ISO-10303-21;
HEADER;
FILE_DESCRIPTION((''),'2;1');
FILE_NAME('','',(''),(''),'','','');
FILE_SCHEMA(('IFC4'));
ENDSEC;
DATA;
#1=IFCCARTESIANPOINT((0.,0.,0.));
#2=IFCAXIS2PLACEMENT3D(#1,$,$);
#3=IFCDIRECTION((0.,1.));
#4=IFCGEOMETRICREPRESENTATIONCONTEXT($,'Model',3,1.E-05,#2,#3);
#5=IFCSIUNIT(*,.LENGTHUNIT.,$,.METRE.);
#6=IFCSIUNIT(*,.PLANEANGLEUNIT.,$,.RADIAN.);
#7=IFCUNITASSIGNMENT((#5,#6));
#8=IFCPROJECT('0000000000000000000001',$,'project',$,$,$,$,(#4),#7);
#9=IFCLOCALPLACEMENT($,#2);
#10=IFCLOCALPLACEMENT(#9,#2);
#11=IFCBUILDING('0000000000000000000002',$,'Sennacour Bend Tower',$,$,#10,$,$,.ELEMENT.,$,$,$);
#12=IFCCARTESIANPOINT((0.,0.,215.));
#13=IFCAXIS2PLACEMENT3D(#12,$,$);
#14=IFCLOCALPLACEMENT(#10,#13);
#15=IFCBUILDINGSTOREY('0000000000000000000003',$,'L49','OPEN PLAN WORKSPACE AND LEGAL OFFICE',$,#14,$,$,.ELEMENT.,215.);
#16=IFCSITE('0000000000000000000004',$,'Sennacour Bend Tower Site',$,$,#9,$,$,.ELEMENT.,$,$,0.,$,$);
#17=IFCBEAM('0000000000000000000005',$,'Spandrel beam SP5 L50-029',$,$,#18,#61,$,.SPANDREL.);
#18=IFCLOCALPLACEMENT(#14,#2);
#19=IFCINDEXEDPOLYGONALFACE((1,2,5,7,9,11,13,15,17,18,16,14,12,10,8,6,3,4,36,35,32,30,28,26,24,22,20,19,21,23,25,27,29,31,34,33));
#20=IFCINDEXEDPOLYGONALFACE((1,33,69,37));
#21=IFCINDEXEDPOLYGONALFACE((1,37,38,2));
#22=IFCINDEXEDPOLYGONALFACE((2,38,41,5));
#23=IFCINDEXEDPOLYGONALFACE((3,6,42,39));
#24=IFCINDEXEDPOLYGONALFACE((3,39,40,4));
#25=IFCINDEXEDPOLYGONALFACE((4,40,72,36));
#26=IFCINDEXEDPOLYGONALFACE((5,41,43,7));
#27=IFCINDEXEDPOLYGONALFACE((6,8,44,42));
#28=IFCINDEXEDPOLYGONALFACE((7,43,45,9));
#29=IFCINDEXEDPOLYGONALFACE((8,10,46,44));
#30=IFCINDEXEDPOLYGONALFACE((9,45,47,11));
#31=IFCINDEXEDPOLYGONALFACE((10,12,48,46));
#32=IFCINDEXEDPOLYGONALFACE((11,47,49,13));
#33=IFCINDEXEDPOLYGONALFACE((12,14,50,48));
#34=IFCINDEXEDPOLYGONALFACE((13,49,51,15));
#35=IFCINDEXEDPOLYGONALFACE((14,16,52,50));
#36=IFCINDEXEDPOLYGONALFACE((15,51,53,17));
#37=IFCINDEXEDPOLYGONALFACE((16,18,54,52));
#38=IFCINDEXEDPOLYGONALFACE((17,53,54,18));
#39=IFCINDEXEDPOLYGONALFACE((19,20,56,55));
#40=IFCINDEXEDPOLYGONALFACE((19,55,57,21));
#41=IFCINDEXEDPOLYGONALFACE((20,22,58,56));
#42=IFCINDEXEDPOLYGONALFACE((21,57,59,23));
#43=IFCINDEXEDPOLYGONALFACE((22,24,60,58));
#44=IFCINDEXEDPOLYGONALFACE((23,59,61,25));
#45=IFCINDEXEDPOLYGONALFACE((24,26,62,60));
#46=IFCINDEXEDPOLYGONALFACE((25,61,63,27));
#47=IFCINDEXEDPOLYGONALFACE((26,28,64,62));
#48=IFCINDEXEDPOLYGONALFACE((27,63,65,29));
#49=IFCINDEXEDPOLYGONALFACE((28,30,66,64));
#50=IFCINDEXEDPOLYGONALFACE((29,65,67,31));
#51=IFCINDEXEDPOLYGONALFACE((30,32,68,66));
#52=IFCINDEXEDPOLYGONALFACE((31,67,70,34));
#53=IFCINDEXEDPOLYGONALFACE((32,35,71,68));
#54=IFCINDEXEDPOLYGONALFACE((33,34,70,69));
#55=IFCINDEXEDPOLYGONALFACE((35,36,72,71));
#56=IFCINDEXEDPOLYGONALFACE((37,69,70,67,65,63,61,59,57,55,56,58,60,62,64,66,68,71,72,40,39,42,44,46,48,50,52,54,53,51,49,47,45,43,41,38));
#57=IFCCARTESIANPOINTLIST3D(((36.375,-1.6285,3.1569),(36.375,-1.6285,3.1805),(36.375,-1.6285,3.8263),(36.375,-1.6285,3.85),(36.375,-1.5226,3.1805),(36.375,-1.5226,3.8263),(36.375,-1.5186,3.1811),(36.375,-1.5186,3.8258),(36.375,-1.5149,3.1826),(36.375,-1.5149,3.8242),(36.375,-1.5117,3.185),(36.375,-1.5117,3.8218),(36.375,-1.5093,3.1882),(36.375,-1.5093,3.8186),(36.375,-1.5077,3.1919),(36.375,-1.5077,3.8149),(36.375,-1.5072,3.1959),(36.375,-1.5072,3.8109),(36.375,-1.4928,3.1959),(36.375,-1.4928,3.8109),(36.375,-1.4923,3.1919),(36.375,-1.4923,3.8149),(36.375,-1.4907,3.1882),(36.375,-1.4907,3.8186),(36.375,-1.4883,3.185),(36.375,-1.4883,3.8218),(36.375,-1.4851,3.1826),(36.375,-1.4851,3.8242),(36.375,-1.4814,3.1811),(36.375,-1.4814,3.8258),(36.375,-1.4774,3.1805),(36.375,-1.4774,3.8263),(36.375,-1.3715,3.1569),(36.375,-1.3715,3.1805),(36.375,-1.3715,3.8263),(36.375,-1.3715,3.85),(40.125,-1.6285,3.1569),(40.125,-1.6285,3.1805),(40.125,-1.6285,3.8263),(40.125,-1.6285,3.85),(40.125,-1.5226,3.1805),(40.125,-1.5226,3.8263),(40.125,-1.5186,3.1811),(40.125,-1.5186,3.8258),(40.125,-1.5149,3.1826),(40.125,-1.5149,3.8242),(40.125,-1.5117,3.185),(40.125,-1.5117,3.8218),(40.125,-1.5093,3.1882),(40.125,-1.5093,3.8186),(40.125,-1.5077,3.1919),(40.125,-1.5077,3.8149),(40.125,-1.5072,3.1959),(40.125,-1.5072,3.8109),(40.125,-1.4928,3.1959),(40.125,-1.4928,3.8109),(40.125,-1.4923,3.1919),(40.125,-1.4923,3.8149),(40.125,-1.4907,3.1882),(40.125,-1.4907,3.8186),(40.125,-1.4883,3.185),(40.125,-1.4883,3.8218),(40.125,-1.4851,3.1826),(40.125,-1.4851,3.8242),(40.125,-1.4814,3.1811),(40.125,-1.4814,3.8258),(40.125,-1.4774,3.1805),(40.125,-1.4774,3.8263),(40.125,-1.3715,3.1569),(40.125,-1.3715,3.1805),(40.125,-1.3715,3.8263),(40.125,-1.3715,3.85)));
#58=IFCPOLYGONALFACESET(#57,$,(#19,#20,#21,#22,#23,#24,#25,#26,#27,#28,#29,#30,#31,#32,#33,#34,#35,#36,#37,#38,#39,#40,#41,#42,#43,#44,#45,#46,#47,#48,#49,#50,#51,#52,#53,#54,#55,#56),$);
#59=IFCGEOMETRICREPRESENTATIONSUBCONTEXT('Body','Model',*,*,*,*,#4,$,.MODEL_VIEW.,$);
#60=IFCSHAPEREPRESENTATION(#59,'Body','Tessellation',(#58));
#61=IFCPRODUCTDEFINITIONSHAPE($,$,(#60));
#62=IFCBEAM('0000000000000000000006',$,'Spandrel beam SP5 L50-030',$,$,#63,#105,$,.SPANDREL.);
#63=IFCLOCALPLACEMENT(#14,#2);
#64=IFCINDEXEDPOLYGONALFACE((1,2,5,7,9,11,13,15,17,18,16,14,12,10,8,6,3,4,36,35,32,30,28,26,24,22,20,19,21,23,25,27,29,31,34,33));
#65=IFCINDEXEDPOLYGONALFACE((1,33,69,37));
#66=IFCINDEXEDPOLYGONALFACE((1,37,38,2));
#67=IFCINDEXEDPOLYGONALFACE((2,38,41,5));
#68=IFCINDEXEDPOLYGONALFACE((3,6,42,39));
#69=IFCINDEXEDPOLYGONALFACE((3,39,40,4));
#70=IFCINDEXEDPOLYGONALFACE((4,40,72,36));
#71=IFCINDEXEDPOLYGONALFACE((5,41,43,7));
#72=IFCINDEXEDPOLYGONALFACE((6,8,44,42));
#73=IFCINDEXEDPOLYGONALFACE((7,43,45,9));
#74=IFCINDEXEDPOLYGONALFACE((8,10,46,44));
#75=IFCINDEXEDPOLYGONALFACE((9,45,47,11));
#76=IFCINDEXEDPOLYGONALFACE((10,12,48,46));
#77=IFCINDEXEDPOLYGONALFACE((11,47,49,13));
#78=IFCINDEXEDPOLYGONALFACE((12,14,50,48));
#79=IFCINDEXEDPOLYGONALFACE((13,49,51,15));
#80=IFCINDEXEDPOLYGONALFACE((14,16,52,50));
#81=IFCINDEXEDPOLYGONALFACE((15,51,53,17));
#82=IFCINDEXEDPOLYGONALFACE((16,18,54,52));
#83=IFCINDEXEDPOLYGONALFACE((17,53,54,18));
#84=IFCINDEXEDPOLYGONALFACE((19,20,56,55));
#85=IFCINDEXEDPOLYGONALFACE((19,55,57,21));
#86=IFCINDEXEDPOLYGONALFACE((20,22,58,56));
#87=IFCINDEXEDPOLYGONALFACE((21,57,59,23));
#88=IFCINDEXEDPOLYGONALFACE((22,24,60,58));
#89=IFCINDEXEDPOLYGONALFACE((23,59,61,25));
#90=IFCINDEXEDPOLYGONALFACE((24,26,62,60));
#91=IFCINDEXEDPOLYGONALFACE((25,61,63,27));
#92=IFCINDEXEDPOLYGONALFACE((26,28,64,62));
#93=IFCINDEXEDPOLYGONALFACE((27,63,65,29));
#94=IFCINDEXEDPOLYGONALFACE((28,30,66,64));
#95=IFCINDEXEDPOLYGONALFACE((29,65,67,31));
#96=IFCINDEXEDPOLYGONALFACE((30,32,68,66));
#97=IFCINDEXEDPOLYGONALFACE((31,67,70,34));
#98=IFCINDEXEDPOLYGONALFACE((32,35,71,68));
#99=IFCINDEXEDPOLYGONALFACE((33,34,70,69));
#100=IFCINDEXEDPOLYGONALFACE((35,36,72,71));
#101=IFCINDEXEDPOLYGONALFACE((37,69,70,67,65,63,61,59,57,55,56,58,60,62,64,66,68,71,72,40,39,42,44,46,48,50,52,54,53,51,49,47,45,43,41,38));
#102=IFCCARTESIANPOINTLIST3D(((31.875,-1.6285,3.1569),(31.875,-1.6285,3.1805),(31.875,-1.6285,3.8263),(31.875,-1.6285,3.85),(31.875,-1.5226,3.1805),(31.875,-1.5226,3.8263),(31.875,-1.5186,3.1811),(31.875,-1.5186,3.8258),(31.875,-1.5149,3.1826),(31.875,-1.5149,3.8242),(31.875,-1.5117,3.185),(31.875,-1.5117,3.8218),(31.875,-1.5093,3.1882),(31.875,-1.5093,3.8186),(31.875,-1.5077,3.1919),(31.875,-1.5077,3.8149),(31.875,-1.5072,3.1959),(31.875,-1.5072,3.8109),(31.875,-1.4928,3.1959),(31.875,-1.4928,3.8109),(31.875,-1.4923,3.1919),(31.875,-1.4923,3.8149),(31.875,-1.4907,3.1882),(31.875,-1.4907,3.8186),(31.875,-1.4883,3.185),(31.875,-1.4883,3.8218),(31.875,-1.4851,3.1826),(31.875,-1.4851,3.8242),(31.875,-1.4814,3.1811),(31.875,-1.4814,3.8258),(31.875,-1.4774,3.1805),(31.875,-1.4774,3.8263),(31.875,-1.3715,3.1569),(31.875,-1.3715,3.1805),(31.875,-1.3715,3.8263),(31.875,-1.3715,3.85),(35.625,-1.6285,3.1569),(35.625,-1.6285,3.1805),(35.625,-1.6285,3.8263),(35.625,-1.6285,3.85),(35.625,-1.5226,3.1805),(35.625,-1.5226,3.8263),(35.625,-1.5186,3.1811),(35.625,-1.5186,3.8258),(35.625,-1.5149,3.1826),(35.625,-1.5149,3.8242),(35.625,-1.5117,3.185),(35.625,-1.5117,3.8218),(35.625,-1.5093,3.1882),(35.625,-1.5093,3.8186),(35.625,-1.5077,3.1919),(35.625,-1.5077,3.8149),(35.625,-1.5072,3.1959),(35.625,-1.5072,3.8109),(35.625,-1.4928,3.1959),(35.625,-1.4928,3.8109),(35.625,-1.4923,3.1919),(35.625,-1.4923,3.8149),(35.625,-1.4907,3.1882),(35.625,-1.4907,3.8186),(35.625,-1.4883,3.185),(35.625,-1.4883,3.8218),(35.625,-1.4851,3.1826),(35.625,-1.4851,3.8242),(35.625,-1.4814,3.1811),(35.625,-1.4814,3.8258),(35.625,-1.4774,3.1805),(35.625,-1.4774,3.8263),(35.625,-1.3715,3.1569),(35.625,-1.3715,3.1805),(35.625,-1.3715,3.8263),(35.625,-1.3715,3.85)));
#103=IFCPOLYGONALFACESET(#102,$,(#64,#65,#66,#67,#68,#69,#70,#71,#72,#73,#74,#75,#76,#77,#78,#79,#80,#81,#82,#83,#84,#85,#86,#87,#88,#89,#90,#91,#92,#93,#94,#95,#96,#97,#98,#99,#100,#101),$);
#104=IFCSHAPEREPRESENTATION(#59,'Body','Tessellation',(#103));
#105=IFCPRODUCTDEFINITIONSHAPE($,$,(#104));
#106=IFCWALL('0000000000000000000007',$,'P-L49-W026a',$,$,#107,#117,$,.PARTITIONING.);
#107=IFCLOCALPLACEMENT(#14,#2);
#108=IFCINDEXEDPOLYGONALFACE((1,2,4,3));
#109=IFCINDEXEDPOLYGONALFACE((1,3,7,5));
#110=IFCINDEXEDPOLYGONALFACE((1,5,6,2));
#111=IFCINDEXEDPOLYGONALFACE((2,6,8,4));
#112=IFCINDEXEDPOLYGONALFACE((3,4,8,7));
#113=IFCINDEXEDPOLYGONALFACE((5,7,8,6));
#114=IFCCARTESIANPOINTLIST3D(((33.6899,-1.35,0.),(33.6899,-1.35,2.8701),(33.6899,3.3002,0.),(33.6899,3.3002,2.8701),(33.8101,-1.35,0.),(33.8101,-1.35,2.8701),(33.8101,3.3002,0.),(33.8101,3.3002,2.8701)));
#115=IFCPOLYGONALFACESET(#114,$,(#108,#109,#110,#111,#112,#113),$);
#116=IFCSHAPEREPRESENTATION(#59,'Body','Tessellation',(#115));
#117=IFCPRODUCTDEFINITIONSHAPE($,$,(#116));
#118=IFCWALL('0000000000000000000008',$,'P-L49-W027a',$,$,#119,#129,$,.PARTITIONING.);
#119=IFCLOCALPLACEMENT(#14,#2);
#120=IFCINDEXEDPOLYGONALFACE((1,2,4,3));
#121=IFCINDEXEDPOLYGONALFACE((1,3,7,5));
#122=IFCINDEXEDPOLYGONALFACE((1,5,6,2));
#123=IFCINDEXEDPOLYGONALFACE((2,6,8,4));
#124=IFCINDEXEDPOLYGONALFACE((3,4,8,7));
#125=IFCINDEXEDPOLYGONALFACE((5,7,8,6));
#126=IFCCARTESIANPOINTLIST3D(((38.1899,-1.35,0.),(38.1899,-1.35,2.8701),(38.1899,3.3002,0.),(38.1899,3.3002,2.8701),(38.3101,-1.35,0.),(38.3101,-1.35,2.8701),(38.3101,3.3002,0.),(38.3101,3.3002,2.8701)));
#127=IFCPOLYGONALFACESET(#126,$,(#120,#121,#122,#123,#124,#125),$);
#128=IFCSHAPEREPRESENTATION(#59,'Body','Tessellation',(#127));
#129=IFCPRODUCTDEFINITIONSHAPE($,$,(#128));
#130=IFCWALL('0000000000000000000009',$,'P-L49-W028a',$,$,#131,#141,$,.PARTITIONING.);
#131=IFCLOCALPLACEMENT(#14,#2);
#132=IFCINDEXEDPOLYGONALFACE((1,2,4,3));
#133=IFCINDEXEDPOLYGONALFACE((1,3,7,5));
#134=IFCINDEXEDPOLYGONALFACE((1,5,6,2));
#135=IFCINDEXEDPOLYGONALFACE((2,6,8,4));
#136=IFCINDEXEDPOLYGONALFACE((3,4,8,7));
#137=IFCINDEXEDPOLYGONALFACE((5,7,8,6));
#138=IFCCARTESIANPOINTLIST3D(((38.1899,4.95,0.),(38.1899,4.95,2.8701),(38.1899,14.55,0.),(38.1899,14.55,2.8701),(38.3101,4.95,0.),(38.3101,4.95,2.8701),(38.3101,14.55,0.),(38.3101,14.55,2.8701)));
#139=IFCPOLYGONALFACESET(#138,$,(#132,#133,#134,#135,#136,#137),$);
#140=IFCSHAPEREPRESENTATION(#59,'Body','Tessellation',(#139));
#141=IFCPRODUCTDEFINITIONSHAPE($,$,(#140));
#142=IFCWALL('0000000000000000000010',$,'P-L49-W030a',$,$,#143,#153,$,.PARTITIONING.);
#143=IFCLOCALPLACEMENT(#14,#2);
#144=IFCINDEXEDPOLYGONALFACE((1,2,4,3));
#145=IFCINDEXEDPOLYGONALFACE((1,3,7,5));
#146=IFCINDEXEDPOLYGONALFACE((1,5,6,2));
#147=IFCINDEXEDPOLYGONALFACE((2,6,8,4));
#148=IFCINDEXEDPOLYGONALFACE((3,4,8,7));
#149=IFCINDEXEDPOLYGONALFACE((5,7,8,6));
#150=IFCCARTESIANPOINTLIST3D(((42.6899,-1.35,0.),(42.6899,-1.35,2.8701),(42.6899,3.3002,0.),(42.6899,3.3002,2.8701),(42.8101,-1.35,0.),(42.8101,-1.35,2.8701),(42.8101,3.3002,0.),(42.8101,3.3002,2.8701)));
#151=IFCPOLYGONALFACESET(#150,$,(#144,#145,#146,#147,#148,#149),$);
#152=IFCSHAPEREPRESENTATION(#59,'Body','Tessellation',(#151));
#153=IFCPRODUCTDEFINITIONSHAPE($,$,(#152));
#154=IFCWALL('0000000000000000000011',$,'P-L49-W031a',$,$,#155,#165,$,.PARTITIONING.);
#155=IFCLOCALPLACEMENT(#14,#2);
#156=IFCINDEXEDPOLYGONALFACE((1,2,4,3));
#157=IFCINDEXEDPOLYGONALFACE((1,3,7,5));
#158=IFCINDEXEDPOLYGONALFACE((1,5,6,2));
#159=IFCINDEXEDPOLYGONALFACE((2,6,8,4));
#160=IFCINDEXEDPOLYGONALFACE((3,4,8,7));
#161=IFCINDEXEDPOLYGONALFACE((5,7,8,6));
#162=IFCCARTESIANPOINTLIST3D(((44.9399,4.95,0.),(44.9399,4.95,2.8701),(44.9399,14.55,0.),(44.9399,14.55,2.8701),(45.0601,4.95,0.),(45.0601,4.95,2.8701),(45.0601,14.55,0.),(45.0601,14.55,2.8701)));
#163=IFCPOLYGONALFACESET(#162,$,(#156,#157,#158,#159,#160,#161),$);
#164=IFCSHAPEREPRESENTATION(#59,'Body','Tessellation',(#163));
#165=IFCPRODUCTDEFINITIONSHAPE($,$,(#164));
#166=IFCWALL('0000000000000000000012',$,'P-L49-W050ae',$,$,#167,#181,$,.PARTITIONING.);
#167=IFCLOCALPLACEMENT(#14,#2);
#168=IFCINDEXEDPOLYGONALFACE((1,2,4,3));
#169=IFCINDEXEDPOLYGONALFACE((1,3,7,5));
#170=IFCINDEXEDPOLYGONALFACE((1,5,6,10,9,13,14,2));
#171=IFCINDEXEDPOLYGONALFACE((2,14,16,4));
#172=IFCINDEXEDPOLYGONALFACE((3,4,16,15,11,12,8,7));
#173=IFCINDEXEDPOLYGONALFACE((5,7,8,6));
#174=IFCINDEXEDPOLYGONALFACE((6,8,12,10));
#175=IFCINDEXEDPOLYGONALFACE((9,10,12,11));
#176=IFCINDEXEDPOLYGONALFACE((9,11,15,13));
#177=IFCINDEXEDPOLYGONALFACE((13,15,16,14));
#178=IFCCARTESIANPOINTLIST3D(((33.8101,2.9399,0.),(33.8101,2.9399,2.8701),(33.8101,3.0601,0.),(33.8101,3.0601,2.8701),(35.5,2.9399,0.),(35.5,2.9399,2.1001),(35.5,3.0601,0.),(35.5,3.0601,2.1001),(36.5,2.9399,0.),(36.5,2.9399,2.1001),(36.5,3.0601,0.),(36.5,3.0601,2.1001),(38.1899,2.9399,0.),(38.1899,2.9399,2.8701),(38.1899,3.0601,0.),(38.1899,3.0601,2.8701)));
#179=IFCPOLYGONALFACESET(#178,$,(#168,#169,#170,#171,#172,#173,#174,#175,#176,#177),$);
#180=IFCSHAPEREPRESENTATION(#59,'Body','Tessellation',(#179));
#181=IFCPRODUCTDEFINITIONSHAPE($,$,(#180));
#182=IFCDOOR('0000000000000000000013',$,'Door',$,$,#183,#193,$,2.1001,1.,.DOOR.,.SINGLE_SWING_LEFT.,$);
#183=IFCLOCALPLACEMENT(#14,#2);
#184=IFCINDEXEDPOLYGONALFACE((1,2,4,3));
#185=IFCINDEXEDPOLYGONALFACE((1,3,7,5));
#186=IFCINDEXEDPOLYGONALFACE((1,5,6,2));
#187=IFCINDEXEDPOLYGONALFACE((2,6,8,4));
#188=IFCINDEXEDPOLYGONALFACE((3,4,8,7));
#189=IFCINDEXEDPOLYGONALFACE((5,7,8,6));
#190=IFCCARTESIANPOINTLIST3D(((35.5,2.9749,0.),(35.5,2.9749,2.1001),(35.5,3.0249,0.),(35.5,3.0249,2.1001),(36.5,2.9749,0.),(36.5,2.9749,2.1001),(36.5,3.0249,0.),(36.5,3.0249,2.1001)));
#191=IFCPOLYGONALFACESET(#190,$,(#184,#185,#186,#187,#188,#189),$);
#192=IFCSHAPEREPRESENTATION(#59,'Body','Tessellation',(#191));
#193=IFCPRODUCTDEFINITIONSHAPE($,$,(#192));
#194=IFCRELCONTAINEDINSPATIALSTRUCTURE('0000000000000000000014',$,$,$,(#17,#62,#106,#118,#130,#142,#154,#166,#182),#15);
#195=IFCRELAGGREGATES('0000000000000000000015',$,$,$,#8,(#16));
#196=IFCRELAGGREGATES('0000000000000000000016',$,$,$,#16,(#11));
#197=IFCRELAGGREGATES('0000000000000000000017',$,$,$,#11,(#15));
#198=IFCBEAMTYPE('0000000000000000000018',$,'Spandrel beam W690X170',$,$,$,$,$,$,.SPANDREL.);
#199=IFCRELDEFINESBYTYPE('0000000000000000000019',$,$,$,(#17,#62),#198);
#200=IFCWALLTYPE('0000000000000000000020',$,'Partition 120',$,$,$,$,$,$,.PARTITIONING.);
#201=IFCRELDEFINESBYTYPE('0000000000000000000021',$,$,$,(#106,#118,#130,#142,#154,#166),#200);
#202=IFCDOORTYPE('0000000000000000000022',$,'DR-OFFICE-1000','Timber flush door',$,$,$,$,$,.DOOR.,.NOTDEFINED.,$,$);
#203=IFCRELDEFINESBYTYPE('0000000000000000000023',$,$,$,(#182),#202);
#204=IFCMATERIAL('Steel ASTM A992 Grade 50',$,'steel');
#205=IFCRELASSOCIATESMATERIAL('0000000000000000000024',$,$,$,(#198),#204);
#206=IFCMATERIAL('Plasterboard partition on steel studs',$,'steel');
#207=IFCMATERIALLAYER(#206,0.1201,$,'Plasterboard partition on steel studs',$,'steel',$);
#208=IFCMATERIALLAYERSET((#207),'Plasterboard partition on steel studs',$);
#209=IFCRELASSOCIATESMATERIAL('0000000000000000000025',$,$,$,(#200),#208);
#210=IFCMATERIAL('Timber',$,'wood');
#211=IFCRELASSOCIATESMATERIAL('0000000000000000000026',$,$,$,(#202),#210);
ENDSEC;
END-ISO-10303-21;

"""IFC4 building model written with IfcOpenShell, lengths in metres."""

from ifc_helpers import new_model, si_unit, direction, frame, frame_2d, origin, origin_2d, place, context, subcontext, project, spatial, rectangle, i_section, extrude, material, layer, layer_set, material_profile, profile_set, type_object, element, fill, save


model = new_model("IFC4")

# Units and contexts
model_context = context("Model", 3, precision=1e-05, world=origin(), true_north=direction((0.0, 1.0)))
body_context = subcontext(model_context, "Body", "Model", "MODEL_VIEW")
ifc_project = project(units=[si_unit("LENGTHUNIT", "METRE"), si_unit("PLANEANGLEUNIT", "RADIAN")], contexts=[model_context])

# Site, building, storey
site_placement = place(None, origin())
site = spatial("IfcSite", under=ifc_project, at=site_placement, Name="Sennacour Bend Tower Site", CompositionType="ELEMENT", RefElevation=0.0)
building_placement = place(site_placement, origin())
building = spatial("IfcBuilding", under=site, at=building_placement, Name="Sennacour Bend Tower", CompositionType="ELEMENT")
storey_placement = place(building_placement, frame((0.0, 0.0, 215.0)))
storey = spatial("IfcBuildingStorey", under=building, at=storey_placement, Name="L49", Description="OPEN PLAN WORKSPACE AND LEGAL OFFICE", CompositionType="ELEMENT", Elevation=215.0)

# Beams
ifc_material_1 = material(Name="Steel ASTM A992 Grade 50", Category="steel")
ifc_material_profile_1 = material_profile(ifc_material_1, i_section(OverallWidth=0.2571, OverallDepth=0.6931, WebThickness=0.0144, FlangeThickness=0.0237, FilletRadius=0.0154, at=origin_2d()), Name="Steel ASTM A992 Grade 50", Category="steel")
ifc_profile_set_1 = profile_set([ifc_material_profile_1], Name="Steel ASTM A992 Grade 50")
beam_type_1 = type_object("IfcBeamType", Name="Spandrel beam W690X170", PredefinedType="SPANDREL", material=ifc_profile_set_1)
for number, where, z_axis, x_axis, name in (
    (1, (40.125, -1.5, 3.5034), (-1.0, 0.0, 0.0), (0.0, -1.0, 0.0), "Spandrel beam SP5 L50-029"),
    (2, (35.625, -1.5, 3.5034), (-1.0, 0.0, 0.0), (0.0, -1.0, 0.0), "Spandrel beam SP5 L50-030"),
):
    element("IfcBeam", number, at=place(storey_placement, frame(where, z_axis=z_axis, x_axis=x_axis)), inside=storey, type_object=beam_type_1, Name=name, PredefinedType="SPANDREL", context=body_context, shape_type="SweptSolid", body=[
        extrude(i_section(OverallWidth=0.2571, OverallDepth=0.6931, WebThickness=0.0144, FlangeThickness=0.0237, FilletRadius=0.0154, at=origin_2d()), origin(), (0.0, 0.0, 1.0), 3.75),
    ])

# Walls
ifc_material_2 = material(Name="Plasterboard partition on steel studs", Category="steel")
ifc_layer_1 = layer(ifc_material_2, 0.1201, Name="Plasterboard partition on steel studs", Category="steel")
ifc_layer_set_1 = layer_set([ifc_layer_1], Name="Plasterboard partition on steel studs")
wall_type_1 = type_object("IfcWallType", Name="Partition 120", PredefinedType="PARTITIONING", material=ifc_layer_set_1)
for number, where, z_axis, x_axis, name in (
    (3, (33.75, -1.3501, 0.0), (0.0, 0.0, 1.0), (0.0, 1.0, 0.0), "P-L49-W026a"),
    (4, (38.25, -1.3501, 0.0), (0.0, 0.0, 1.0), (0.0, 1.0, 0.0), "P-L49-W027a"),
):
    element("IfcWall", number, at=place(storey_placement, frame(where, z_axis=z_axis, x_axis=x_axis)), inside=storey, type_object=wall_type_1, Name=name, PredefinedType="PARTITIONING", context=body_context, shape_type="SweptSolid", body=[
        extrude(rectangle(XDim=4.6501, YDim=0.1201, at=frame_2d((2.3252, 0.0))), origin(), (0.0, 0.0, 1.0), 2.8701),
    ])
wall_1_placement = place(storey_placement, frame((38.25, 4.95, 0.0), z_axis=(0.0, 0.0, 1.0), x_axis=(0.0, 1.0, 0.0)))
element("IfcWall", 5, at=wall_1_placement, inside=storey, type_object=wall_type_1, Name="P-L49-W028a", PredefinedType="PARTITIONING", context=body_context, shape_type="SweptSolid", body=[
    extrude(rectangle(XDim=9.6001, YDim=0.1201, at=frame_2d((4.8, 0.0))), origin(), (0.0, 0.0, 1.0), 2.8701),
])
wall_2_placement = place(storey_placement, frame((42.75, -1.3501, 0.0), z_axis=(0.0, 0.0, 1.0), x_axis=(0.0, 1.0, 0.0)))
element("IfcWall", 6, at=wall_2_placement, inside=storey, type_object=wall_type_1, Name="P-L49-W030a", PredefinedType="PARTITIONING", context=body_context, shape_type="SweptSolid", body=[
    extrude(rectangle(XDim=4.6501, YDim=0.1201, at=frame_2d((2.3252, 0.0))), origin(), (0.0, 0.0, 1.0), 2.8701),
])
wall_3_placement = place(storey_placement, frame((45.0, 4.95, 0.0), z_axis=(0.0, 0.0, 1.0), x_axis=(0.0, 1.0, 0.0)))
element("IfcWall", 7, at=wall_3_placement, inside=storey, type_object=wall_type_1, Name="P-L49-W031a", PredefinedType="PARTITIONING", context=body_context, shape_type="SweptSolid", body=[
    extrude(rectangle(XDim=9.6001, YDim=0.1201, at=frame_2d((4.8, 0.0))), origin(), (0.0, 0.0, 1.0), 2.8701),
])

# Wall, opening, door
wall_4_placement = place(storey_placement, frame((33.8101, 3.0, 0.0), z_axis=(0.0, 0.0, 1.0), x_axis=(1.0, 0.0, 0.0)))
wall_4 = element("IfcWall", 8, at=wall_4_placement, inside=storey, type_object=wall_type_1, Name="P-L49-W050ae", PredefinedType="PARTITIONING", context=body_context, shape_type="SweptSolid", body=[
    extrude(rectangle(XDim=4.3799, YDim=0.1201, at=frame_2d((2.1899, 0.0))), origin(), (0.0, 0.0, 1.0), 2.8701),
])
opening_1_placement = place(wall_4_placement, frame((1.6899, 0.0, 0.0)))
opening_1 = element("IfcOpeningElement", 9, at=opening_1_placement, cuts=wall_4, PredefinedType="OPENING", context=body_context, shape_type="SweptSolid", body=[
    extrude(rectangle(XDim=1.0, YDim=2.1001, at=frame_2d((0.5, 1.05))), frame((0.0, 0.0701, 0.0), z_axis=(0.0, -1.0, 0.0), x_axis=(1.0, 0.0, 0.0)), (0.0, 0.0, 1.0), 0.1401),
])
ifc_material_3 = material(Name="Timber", Category="wood")
door_type_1 = type_object("IfcDoorType", Name="DR-OFFICE-1000", Description="Timber flush door", OperationType="NOTDEFINED", PredefinedType="DOOR", material=ifc_material_3)
door_1_placement = place(opening_1_placement, origin())
door_1 = element("IfcDoor", 10, at=door_1_placement, inside=storey, type_object=door_type_1, Name="Door", OperationType="SINGLE_SWING_LEFT", OverallHeight=2.1001, OverallWidth=1.0, PredefinedType="DOOR", context=body_context, shape_type="SweptSolid", body=[
    extrude(rectangle(XDim=1.0, YDim=2.1001, at=frame_2d((0.5, 1.05))), frame((0.0, 0.0249, 0.0), z_axis=(0.0, -1.0, 0.0), x_axis=(1.0, 0.0, 0.0)), (0.0, 0.0, 1.0), 0.05),
])
fill(opening_1, door_1)

save(model, "model.ifc")
